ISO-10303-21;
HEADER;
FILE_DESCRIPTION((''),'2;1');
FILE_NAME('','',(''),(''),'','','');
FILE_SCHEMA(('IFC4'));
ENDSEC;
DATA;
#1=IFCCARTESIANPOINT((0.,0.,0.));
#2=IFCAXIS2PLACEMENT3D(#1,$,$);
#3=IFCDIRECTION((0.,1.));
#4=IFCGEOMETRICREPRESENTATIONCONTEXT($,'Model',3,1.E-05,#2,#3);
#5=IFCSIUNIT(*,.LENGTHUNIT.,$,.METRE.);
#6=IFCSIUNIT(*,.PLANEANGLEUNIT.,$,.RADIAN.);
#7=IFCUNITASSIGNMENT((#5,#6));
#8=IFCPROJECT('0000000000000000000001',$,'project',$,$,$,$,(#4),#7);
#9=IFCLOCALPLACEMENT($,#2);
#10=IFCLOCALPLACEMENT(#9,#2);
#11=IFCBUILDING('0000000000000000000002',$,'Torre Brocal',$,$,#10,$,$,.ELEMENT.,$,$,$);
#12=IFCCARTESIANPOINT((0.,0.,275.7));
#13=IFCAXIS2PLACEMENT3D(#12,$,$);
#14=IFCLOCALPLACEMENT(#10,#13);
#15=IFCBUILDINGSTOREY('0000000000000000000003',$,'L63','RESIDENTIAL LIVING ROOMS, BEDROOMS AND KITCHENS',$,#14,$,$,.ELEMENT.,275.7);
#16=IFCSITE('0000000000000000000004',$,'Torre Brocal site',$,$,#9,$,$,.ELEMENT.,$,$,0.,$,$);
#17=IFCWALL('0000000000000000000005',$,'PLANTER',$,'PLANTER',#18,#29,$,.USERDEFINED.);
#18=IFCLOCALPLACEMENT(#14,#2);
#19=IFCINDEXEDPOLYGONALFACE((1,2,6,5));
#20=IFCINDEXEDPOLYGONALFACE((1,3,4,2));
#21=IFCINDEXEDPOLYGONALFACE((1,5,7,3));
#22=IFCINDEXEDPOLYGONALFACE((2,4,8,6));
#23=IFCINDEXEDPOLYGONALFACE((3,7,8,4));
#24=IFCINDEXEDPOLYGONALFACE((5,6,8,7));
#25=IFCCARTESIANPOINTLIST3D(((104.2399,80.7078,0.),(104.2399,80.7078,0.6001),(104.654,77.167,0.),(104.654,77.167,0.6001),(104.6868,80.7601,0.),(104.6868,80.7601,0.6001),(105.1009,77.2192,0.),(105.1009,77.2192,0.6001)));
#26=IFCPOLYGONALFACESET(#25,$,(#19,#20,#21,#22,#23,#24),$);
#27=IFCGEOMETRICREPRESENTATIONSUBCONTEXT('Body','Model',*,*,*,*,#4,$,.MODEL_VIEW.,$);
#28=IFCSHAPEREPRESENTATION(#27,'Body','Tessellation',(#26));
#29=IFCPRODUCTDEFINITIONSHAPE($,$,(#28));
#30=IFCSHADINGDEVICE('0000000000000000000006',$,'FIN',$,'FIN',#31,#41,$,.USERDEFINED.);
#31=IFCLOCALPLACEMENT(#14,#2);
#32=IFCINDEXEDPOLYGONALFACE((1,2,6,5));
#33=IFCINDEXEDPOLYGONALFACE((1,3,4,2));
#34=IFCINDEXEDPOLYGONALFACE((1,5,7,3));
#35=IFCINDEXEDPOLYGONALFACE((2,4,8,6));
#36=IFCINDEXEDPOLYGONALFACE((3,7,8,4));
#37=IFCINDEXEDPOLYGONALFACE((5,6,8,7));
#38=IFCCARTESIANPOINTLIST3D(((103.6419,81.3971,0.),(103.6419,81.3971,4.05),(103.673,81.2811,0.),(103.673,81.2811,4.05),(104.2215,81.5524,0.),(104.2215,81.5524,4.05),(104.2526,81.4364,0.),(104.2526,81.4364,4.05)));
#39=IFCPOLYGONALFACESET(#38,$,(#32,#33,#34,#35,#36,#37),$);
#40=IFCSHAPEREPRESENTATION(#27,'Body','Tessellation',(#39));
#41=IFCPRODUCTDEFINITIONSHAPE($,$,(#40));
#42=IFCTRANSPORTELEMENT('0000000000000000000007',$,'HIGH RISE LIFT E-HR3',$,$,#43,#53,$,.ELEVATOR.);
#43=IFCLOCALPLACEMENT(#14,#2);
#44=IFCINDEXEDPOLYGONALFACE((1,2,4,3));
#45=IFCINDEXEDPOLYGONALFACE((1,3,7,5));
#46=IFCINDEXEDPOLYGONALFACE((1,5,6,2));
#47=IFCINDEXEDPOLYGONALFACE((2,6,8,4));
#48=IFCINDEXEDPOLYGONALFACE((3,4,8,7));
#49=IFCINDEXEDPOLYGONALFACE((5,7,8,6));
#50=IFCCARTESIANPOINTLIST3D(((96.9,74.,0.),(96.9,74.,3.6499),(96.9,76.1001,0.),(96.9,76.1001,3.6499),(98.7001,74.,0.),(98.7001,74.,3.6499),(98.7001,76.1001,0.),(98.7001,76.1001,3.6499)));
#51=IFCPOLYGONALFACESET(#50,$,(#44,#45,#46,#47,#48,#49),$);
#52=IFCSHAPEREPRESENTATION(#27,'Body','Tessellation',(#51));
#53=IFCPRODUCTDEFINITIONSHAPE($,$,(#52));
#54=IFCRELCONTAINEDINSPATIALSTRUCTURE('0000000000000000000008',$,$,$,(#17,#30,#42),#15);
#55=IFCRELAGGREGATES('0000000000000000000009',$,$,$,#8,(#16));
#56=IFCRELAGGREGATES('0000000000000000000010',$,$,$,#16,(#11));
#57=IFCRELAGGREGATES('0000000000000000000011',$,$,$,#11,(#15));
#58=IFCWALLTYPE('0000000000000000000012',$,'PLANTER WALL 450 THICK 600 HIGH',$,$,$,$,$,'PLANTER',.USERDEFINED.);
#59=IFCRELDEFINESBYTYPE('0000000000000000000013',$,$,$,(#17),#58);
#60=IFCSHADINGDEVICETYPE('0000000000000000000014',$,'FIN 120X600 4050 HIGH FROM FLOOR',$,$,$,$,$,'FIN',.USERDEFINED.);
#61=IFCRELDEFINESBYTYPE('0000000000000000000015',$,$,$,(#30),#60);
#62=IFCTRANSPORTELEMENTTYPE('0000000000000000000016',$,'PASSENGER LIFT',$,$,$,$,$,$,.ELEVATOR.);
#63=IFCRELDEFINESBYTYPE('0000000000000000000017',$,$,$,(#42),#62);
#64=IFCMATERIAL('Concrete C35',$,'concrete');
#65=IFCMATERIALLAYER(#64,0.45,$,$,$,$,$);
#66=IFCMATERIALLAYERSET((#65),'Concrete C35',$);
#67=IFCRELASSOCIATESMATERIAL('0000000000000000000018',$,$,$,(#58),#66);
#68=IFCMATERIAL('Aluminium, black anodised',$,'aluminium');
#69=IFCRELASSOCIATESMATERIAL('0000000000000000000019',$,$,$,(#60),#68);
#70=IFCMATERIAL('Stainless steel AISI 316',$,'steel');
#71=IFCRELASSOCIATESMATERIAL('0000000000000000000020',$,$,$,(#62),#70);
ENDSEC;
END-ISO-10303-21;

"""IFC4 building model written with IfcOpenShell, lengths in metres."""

from ifc_helpers import new_model, si_unit, direction, frame, frame_2d, origin, origin_2d, place, context, subcontext, project, spatial, rectangle, extrude, material, layer, layer_set, material_profile, profile_set, type_object, element, save


model = new_model("IFC4")

# Units and contexts
model_context = context("Model", 3, precision=1e-05, world=origin(), true_north=direction((0.0, 1.0)))
body_context = subcontext(model_context, "Body", "Model", "MODEL_VIEW")
ifc_project = project(units=[si_unit("LENGTHUNIT", "METRE"), si_unit("PLANEANGLEUNIT", "RADIAN")], contexts=[model_context])

# Site, building, storey
site_placement = place(None, origin())
site = spatial("IfcSite", under=ifc_project, at=site_placement, Name="Torre Brocal site", CompositionType="ELEMENT", RefElevation=0.0)
building_placement = place(site_placement, origin())
building = spatial("IfcBuilding", under=site, at=building_placement, Name="Torre Brocal", CompositionType="ELEMENT")
storey_placement = place(building_placement, frame((0.0, 0.0, 275.7)))
storey = spatial("IfcBuildingStorey", under=building, at=storey_placement, Name="L63", Description="RESIDENTIAL LIVING ROOMS, BEDROOMS AND KITCHENS", CompositionType="ELEMENT", Elevation=275.7)

# Wall
ifc_material_1 = material(Name="Concrete C35", Category="concrete")
ifc_layer_1 = layer(ifc_material_1, 0.45)
ifc_layer_set_1 = layer_set([ifc_layer_1], Name="Concrete C35")
wall_type_1 = type_object("IfcWallType", Name="PLANTER WALL 450 THICK 600 HIGH", ElementType="PLANTER", PredefinedType="USERDEFINED", material=ifc_layer_set_1)
wall_1_placement = place(storey_placement, frame((104.8774, 77.1931, 0.0), z_axis=(0.0, 0.0, 1.0), x_axis=(-0.11615, 0.993232, 0.0)))
element("IfcWall", 1, at=wall_1_placement, inside=storey, type_object=wall_type_1, Name="PLANTER", ObjectType="PLANTER", PredefinedType="USERDEFINED", context=body_context, shape_type="SweptSolid", body=[
    extrude(rectangle(XDim=3.5649, YDim=0.45, at=frame_2d((1.7825, 0.0))), origin(), (0.0, 0.0, 1.0), 0.6001),
])

# Shading device
ifc_material_2 = material(Name="Aluminium, black anodised", Category="aluminium")
ifc_material_profile_1 = material_profile(ifc_material_2, rectangle(XDim=0.1201, YDim=0.6001, at=origin_2d()), Name="FIN 120X600 4050 HIGH FROM FLOOR")
ifc_profile_set_1 = profile_set([ifc_material_profile_1], Name="Aluminium, black anodised")
shading_device_type = type_object("IfcShadingDeviceType", Name="FIN 120X600 4050 HIGH FROM FLOOR", ElementType="FIN", PredefinedType="USERDEFINED", material=ifc_profile_set_1)
shading_device_placement = place(storey_placement, frame((103.9473, 81.4167, 0.0), z_axis=(0.0, 0.0, 1.0), x_axis=(-0.258819, 0.965926, 0.0)))
element("IfcShadingDevice", 2, at=shading_device_placement, inside=storey, type_object=shading_device_type, Name="FIN", ObjectType="FIN", PredefinedType="USERDEFINED", context=body_context, shape_type="SweptSolid", body=[
    extrude(rectangle(XDim=0.1201, YDim=0.6001, at=origin_2d()), origin(), (0.0, 0.0, 1.0), 4.05),
])

# Transport element
ifc_material_3 = material(Name="Stainless steel AISI 316", Category="steel")
transport_element_type = type_object("IfcTransportElementType", Name="PASSENGER LIFT", PredefinedType="ELEVATOR", material=ifc_material_3)
transport_element_placement = place(storey_placement, frame((97.8, 75.05, 0.0), z_axis=(0.0, 0.0, 1.0), x_axis=(1.0, 0.0, 0.0)))
element("IfcTransportElement", 3, at=transport_element_placement, inside=storey, type_object=transport_element_type, Name="HIGH RISE LIFT E-HR3", PredefinedType="ELEVATOR", context=body_context, shape_type="SweptSolid", body=[
    extrude(rectangle(XDim=1.8, YDim=2.1001, at=origin_2d()), origin(), (0.0, 0.0, 1.0), 3.6499),
])

save(model, "model.ifc")
